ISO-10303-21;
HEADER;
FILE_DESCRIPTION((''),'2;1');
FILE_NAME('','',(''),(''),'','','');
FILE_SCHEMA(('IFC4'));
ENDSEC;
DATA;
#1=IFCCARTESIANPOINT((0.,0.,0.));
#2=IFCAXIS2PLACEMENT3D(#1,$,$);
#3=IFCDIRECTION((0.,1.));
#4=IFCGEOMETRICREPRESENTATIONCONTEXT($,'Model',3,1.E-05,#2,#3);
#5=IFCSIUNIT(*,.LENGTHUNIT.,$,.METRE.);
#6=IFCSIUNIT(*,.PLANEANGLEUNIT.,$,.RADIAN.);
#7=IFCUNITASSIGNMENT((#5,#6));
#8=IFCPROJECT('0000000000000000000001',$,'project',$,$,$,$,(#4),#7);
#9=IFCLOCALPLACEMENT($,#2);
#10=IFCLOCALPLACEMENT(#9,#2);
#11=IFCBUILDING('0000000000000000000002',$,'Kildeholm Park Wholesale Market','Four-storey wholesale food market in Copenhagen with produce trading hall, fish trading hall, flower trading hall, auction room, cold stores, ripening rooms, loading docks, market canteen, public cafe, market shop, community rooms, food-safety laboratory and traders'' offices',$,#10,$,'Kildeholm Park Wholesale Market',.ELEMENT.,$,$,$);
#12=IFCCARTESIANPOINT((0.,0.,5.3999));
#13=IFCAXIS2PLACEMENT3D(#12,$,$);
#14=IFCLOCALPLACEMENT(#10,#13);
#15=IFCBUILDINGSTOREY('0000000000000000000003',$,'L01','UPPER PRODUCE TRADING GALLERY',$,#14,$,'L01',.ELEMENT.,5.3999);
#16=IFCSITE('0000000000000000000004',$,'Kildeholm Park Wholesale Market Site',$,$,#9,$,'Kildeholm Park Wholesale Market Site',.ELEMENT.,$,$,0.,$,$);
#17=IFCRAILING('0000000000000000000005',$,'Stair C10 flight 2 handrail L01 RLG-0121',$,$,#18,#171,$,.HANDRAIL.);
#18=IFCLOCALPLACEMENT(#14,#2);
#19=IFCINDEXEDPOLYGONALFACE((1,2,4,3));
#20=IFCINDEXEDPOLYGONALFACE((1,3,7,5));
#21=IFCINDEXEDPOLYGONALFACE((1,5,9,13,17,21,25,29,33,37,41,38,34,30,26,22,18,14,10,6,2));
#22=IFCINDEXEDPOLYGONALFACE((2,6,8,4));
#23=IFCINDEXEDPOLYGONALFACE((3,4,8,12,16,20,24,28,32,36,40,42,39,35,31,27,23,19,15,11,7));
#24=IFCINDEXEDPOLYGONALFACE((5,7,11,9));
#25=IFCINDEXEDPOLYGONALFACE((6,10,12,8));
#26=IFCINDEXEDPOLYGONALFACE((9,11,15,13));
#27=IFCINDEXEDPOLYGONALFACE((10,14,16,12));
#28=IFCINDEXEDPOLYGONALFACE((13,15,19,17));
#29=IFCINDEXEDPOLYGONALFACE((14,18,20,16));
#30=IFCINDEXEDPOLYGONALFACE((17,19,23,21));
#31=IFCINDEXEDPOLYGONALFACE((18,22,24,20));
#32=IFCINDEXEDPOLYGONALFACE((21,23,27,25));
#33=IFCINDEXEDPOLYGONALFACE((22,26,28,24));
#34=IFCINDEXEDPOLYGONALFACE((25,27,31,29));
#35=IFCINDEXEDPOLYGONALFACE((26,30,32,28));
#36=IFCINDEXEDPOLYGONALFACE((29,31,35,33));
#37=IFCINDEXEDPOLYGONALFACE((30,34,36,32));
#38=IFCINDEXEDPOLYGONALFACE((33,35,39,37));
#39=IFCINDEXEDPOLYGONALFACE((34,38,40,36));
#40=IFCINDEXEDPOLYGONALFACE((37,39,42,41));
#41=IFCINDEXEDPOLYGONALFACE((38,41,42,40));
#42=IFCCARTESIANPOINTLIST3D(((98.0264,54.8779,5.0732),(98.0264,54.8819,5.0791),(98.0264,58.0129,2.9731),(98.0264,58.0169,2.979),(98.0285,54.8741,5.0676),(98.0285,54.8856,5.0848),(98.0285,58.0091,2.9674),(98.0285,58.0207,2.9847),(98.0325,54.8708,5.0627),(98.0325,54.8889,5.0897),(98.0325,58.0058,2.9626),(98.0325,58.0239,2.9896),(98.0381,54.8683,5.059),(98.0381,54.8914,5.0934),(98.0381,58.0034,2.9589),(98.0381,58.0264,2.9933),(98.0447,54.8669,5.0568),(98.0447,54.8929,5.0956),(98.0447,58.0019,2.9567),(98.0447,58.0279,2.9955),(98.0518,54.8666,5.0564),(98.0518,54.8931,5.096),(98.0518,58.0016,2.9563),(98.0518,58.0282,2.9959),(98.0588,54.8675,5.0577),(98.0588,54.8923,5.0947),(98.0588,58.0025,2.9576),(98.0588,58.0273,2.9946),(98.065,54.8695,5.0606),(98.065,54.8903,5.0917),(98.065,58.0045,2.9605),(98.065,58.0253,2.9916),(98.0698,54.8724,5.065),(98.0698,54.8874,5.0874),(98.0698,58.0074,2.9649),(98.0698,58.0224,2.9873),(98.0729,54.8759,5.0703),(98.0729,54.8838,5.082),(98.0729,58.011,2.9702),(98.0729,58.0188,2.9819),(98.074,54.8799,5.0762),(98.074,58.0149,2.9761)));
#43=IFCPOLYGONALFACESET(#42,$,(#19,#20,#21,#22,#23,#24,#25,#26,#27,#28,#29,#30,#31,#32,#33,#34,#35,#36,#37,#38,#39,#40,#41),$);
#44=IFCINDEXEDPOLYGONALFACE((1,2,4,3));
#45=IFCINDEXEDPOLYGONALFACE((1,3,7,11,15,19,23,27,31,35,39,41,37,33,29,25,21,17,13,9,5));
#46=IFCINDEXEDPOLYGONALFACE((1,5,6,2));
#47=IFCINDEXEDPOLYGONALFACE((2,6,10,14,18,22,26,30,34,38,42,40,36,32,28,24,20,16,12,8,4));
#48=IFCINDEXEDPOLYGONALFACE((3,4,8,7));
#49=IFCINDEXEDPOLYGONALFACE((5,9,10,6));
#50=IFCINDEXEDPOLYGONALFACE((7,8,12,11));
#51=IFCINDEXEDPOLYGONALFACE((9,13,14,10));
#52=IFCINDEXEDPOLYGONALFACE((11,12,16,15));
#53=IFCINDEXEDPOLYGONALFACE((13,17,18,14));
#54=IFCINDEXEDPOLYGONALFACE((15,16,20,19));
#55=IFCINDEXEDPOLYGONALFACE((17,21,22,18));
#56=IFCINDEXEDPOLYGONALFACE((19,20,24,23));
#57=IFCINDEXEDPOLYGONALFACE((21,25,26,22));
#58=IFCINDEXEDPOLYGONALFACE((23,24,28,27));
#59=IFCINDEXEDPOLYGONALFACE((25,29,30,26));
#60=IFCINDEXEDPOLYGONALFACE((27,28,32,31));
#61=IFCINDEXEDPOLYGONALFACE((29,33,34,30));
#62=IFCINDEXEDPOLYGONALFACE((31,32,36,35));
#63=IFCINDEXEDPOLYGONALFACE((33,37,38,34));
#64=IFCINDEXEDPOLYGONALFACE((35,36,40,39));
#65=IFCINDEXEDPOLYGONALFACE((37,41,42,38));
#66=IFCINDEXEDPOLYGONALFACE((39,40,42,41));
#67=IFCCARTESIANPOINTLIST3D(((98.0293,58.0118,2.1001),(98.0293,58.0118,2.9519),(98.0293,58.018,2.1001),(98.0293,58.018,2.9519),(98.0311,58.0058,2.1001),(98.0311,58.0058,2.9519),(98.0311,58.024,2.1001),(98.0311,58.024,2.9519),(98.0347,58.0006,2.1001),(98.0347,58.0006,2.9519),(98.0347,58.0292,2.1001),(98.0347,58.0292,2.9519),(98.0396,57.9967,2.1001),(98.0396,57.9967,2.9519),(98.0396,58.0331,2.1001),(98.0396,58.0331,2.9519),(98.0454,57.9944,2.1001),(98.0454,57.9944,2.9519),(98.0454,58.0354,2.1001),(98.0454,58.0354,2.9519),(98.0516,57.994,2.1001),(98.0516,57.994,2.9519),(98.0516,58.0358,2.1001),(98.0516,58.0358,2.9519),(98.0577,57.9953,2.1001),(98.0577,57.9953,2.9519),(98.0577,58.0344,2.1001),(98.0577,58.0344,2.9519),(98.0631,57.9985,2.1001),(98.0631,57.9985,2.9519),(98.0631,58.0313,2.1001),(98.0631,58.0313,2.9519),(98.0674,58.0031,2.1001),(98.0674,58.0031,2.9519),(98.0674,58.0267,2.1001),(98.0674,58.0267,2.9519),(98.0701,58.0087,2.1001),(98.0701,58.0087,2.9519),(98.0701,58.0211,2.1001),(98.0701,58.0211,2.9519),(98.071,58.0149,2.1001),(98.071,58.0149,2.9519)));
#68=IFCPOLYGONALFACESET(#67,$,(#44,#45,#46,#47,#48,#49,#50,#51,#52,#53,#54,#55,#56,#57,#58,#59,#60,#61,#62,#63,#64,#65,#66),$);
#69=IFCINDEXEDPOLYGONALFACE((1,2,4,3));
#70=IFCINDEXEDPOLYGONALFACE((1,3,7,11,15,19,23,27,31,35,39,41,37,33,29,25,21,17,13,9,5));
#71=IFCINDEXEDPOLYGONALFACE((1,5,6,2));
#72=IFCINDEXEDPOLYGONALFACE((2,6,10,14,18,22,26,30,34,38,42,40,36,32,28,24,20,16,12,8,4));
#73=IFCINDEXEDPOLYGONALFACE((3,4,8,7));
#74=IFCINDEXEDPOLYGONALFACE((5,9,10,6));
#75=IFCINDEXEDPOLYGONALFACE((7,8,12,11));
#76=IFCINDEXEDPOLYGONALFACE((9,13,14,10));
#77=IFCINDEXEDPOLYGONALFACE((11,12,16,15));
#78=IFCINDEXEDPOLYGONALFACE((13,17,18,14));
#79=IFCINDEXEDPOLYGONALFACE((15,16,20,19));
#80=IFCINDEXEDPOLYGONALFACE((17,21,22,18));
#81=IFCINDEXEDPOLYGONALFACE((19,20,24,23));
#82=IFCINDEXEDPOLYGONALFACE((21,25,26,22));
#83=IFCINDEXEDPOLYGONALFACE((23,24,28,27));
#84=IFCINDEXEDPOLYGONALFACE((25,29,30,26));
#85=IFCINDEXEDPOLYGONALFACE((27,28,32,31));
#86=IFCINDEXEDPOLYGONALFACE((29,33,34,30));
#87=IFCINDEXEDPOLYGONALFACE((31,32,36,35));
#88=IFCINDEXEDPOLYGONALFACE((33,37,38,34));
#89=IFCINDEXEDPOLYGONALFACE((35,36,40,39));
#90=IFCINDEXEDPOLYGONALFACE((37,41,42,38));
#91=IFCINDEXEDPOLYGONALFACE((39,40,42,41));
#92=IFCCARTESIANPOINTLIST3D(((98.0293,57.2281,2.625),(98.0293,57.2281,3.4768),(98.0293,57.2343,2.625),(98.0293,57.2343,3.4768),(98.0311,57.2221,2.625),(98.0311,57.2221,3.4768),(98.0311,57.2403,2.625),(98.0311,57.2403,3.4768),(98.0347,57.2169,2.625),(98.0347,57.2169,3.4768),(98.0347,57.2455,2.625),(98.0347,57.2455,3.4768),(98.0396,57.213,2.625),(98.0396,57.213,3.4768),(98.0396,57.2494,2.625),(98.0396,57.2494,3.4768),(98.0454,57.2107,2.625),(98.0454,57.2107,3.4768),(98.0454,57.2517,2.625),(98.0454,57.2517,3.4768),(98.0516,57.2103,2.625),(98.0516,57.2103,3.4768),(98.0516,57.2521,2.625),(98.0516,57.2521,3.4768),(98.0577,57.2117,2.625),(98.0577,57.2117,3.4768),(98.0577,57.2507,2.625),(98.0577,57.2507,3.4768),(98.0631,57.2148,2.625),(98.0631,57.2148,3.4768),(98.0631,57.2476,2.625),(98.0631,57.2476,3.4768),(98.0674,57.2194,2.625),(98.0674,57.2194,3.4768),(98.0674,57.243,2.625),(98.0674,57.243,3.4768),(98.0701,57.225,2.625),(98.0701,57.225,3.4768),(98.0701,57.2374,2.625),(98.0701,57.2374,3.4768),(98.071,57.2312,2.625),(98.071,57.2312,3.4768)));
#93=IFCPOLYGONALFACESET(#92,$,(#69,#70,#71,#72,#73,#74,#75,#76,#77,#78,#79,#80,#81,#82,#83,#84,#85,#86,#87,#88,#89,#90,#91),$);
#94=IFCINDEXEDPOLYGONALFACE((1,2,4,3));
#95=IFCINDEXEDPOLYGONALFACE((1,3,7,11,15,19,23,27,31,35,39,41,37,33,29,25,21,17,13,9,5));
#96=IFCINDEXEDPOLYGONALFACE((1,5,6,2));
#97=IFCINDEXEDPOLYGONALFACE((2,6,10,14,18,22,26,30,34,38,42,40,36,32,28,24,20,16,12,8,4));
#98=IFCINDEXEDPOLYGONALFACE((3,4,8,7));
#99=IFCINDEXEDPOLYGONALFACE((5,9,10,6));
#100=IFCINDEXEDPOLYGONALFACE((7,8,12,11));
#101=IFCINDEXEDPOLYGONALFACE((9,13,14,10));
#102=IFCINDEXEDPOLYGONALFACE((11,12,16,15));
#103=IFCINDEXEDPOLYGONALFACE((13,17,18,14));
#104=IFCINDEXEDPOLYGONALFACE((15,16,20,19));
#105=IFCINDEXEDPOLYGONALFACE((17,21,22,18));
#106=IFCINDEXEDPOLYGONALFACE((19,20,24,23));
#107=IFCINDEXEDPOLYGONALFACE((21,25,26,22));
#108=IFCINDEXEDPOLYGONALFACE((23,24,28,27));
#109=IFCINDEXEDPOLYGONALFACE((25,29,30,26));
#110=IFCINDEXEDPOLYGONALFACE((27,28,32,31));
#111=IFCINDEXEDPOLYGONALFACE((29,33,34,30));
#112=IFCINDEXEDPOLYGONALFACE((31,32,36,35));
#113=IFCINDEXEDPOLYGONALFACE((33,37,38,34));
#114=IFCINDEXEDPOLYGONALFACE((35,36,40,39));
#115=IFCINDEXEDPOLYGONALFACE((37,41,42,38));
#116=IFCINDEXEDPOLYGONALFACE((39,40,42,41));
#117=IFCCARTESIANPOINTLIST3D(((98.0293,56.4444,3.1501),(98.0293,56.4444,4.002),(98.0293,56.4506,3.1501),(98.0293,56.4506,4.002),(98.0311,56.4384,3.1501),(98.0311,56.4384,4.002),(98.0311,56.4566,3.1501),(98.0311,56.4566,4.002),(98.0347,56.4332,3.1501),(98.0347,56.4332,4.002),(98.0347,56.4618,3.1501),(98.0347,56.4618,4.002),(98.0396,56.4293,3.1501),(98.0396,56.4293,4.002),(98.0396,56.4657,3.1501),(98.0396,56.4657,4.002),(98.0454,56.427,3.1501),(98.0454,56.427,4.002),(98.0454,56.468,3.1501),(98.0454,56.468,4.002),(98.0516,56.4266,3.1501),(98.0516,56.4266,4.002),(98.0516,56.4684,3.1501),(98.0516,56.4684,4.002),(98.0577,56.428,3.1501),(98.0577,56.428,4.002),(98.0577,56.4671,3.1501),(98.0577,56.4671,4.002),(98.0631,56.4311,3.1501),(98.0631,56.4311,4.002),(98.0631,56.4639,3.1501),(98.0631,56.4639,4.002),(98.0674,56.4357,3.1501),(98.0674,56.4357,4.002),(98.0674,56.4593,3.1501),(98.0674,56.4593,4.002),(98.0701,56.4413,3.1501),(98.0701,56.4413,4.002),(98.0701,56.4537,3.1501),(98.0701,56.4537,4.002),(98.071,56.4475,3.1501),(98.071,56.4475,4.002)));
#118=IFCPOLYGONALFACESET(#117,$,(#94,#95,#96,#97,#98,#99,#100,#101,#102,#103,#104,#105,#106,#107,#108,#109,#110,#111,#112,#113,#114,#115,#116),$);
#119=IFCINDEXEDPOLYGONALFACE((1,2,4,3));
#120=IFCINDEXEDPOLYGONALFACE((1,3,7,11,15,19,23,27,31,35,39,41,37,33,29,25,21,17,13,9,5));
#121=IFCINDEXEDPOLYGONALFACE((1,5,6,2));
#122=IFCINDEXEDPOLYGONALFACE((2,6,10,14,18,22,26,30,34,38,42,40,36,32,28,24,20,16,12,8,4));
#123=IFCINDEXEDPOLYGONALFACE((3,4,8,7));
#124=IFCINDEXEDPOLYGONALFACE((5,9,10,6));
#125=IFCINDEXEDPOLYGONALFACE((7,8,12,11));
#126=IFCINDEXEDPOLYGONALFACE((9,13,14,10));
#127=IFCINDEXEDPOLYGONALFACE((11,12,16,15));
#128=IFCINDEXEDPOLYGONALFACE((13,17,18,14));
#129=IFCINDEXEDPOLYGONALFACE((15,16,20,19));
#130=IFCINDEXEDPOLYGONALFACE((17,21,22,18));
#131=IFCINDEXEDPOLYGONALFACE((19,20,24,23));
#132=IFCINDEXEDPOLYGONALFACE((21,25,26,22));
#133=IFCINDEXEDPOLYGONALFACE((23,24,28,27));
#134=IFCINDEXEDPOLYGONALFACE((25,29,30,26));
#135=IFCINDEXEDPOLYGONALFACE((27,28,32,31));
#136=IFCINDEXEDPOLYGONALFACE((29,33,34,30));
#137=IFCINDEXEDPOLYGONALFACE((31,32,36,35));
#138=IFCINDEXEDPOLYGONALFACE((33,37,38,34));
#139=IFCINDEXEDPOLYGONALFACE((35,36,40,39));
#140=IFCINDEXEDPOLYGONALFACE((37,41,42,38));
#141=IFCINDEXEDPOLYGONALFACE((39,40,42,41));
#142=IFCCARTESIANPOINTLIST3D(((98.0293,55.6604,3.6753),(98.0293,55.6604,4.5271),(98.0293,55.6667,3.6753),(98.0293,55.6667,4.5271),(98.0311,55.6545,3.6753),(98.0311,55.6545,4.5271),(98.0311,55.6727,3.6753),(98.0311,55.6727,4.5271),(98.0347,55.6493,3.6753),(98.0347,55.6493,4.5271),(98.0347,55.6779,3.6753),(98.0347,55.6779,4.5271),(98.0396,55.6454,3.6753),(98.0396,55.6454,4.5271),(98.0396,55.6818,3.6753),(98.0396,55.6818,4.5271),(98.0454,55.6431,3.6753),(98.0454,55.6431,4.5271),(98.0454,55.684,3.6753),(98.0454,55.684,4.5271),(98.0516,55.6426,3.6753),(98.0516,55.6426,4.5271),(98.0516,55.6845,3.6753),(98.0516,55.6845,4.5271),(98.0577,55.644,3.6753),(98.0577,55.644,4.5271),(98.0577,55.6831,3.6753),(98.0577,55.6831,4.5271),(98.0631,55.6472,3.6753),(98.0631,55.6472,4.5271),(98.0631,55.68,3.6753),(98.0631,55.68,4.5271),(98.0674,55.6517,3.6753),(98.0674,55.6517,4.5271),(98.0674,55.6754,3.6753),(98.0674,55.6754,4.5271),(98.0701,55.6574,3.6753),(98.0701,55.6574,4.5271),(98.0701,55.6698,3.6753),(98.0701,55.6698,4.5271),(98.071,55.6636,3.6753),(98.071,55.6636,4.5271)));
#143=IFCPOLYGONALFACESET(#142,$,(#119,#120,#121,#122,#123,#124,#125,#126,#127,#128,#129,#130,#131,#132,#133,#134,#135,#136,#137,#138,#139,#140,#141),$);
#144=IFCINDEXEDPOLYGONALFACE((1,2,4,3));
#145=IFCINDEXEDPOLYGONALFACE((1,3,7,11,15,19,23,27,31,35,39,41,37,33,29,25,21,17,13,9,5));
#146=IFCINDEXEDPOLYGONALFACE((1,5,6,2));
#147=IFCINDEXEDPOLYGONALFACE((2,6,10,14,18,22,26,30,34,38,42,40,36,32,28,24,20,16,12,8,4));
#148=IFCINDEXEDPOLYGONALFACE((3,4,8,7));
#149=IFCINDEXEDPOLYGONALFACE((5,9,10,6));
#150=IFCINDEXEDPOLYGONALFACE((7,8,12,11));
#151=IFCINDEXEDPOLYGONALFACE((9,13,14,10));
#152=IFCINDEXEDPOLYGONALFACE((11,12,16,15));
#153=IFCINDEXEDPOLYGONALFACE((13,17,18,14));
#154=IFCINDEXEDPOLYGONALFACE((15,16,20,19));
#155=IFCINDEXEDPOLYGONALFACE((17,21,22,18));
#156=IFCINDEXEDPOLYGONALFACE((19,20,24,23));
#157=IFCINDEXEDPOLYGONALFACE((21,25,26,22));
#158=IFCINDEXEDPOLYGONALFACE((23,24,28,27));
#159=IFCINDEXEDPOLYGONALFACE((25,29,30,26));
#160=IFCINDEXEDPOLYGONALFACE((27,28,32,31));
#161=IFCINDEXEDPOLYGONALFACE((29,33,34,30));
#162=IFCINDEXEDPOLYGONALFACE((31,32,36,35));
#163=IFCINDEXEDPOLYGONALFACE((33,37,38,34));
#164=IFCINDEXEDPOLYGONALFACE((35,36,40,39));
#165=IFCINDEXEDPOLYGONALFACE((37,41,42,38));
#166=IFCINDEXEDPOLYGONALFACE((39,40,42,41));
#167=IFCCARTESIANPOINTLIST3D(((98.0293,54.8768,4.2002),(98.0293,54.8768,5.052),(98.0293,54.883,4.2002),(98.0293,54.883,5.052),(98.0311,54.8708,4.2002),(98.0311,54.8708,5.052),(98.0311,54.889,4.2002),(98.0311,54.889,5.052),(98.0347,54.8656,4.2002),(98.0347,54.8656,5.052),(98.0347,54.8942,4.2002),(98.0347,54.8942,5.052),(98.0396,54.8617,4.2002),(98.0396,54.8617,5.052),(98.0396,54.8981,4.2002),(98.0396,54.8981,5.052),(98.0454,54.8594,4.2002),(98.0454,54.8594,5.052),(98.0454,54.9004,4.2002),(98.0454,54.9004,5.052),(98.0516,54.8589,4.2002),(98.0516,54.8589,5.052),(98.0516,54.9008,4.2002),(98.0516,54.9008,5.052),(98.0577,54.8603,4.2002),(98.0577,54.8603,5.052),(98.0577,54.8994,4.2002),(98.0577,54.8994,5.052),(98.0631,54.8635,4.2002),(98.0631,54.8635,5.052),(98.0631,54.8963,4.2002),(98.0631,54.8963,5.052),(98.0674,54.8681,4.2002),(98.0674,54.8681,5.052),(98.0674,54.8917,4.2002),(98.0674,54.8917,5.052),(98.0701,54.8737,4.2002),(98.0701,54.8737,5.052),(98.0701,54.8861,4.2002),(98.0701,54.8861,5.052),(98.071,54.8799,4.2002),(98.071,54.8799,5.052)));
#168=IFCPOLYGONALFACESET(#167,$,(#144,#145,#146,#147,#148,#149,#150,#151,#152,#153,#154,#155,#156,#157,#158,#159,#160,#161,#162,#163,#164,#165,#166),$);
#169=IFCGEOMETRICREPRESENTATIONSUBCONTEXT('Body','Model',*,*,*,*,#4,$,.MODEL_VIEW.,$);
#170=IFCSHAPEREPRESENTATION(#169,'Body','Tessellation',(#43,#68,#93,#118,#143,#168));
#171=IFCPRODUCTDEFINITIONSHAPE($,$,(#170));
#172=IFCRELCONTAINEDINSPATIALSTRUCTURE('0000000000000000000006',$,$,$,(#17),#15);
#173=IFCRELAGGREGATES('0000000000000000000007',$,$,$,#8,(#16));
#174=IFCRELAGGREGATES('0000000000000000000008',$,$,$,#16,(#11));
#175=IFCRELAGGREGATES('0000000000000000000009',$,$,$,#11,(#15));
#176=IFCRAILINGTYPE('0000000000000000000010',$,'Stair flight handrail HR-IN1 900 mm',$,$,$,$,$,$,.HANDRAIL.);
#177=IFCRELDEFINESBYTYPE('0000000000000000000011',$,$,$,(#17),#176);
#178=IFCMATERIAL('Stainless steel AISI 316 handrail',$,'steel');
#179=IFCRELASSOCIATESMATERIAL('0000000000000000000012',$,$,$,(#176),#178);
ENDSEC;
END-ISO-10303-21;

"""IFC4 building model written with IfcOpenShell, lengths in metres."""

from ifc_helpers import new_model, si_unit, direction, frame, origin, origin_2d, place, context, subcontext, project, spatial, circle, extrude, material, type_object, element, save


model = new_model("IFC4")

# Units and contexts
model_context = context("Model", 3, precision=1e-05, world=origin(), true_north=direction((0.0, 1.0)))
body_context = subcontext(model_context, "Body", "Model", "MODEL_VIEW")
ifc_project = project(units=[si_unit("LENGTHUNIT", "METRE"), si_unit("PLANEANGLEUNIT", "RADIAN")], contexts=[model_context])

# Site, building, storey
site_placement = place(None, origin())
site = spatial("IfcSite", under=ifc_project, at=site_placement, Name="Kildeholm Park Wholesale Market Site", LongName="Kildeholm Park Wholesale Market Site", CompositionType="ELEMENT", RefElevation=0.0)
building_placement = place(site_placement, origin())
building = spatial("IfcBuilding", under=site, at=building_placement, Name="Kildeholm Park Wholesale Market", Description="Four-storey wholesale food market in Copenhagen with produce trading hall, fish trading hall, flower trading hall, auction room, cold stores, ripening rooms, loading docks, market canteen, public cafe, market shop, community rooms, food-safety laboratory and traders' offices", LongName="Kildeholm Park Wholesale Market", CompositionType="ELEMENT")
storey_placement = place(building_placement, frame((0.0, 0.0, 5.3999)))
storey = spatial("IfcBuildingStorey", under=building, at=storey_placement, Name="L01", Description="UPPER PRODUCE TRADING GALLERY", LongName="L01", CompositionType="ELEMENT", Elevation=5.3999)

# Railing
ifc_material_1 = material(Name="Stainless steel AISI 316 handrail", Category="steel")
railing_type_1 = type_object("IfcRailingType", Name="Stair flight handrail HR-IN1 900 mm", PredefinedType="HANDRAIL", material=ifc_material_1)
railing_1_placement = place(storey_placement, frame((98.05, 58.0149, 2.1001)))
element("IfcRailing", 1, at=railing_1_placement, inside=storey, type_object=railing_type_1, Name="Stair C10 flight 2 handrail L01 RLG-0121", PredefinedType="HANDRAIL", context=body_context, shape_type="SweptSolid", body=[
    extrude(circle(Radius=0.0239, at=origin_2d()), frame((0.0, 0.0, 0.876), z_axis=(0.0, -0.830814, 0.55655), x_axis=(1.0, 0.0, 0.0)), (0.0, 0.0, 1.0), 3.7734),
    extrude(circle(Radius=0.021, at=origin_2d()), origin(), (0.0, 0.0, 1.0), 0.8518),
    extrude(circle(Radius=0.021, at=origin_2d()), frame((0.0, -0.7837, 0.5249)), (0.0, 0.0, 1.0), 0.8518),
    extrude(circle(Radius=0.021, at=origin_2d()), frame((0.0, -1.5674, 1.05)), (0.0, 0.0, 1.0), 0.8518),
    extrude(circle(Radius=0.021, at=origin_2d()), frame((0.0, -2.3513, 1.5752)), (0.0, 0.0, 1.0), 0.8518),
    extrude(circle(Radius=0.021, at=origin_2d()), frame((0.0, -3.135, 2.1001)), (0.0, 0.0, 1.0), 0.8518),
])

save(model, "model.ifc")
